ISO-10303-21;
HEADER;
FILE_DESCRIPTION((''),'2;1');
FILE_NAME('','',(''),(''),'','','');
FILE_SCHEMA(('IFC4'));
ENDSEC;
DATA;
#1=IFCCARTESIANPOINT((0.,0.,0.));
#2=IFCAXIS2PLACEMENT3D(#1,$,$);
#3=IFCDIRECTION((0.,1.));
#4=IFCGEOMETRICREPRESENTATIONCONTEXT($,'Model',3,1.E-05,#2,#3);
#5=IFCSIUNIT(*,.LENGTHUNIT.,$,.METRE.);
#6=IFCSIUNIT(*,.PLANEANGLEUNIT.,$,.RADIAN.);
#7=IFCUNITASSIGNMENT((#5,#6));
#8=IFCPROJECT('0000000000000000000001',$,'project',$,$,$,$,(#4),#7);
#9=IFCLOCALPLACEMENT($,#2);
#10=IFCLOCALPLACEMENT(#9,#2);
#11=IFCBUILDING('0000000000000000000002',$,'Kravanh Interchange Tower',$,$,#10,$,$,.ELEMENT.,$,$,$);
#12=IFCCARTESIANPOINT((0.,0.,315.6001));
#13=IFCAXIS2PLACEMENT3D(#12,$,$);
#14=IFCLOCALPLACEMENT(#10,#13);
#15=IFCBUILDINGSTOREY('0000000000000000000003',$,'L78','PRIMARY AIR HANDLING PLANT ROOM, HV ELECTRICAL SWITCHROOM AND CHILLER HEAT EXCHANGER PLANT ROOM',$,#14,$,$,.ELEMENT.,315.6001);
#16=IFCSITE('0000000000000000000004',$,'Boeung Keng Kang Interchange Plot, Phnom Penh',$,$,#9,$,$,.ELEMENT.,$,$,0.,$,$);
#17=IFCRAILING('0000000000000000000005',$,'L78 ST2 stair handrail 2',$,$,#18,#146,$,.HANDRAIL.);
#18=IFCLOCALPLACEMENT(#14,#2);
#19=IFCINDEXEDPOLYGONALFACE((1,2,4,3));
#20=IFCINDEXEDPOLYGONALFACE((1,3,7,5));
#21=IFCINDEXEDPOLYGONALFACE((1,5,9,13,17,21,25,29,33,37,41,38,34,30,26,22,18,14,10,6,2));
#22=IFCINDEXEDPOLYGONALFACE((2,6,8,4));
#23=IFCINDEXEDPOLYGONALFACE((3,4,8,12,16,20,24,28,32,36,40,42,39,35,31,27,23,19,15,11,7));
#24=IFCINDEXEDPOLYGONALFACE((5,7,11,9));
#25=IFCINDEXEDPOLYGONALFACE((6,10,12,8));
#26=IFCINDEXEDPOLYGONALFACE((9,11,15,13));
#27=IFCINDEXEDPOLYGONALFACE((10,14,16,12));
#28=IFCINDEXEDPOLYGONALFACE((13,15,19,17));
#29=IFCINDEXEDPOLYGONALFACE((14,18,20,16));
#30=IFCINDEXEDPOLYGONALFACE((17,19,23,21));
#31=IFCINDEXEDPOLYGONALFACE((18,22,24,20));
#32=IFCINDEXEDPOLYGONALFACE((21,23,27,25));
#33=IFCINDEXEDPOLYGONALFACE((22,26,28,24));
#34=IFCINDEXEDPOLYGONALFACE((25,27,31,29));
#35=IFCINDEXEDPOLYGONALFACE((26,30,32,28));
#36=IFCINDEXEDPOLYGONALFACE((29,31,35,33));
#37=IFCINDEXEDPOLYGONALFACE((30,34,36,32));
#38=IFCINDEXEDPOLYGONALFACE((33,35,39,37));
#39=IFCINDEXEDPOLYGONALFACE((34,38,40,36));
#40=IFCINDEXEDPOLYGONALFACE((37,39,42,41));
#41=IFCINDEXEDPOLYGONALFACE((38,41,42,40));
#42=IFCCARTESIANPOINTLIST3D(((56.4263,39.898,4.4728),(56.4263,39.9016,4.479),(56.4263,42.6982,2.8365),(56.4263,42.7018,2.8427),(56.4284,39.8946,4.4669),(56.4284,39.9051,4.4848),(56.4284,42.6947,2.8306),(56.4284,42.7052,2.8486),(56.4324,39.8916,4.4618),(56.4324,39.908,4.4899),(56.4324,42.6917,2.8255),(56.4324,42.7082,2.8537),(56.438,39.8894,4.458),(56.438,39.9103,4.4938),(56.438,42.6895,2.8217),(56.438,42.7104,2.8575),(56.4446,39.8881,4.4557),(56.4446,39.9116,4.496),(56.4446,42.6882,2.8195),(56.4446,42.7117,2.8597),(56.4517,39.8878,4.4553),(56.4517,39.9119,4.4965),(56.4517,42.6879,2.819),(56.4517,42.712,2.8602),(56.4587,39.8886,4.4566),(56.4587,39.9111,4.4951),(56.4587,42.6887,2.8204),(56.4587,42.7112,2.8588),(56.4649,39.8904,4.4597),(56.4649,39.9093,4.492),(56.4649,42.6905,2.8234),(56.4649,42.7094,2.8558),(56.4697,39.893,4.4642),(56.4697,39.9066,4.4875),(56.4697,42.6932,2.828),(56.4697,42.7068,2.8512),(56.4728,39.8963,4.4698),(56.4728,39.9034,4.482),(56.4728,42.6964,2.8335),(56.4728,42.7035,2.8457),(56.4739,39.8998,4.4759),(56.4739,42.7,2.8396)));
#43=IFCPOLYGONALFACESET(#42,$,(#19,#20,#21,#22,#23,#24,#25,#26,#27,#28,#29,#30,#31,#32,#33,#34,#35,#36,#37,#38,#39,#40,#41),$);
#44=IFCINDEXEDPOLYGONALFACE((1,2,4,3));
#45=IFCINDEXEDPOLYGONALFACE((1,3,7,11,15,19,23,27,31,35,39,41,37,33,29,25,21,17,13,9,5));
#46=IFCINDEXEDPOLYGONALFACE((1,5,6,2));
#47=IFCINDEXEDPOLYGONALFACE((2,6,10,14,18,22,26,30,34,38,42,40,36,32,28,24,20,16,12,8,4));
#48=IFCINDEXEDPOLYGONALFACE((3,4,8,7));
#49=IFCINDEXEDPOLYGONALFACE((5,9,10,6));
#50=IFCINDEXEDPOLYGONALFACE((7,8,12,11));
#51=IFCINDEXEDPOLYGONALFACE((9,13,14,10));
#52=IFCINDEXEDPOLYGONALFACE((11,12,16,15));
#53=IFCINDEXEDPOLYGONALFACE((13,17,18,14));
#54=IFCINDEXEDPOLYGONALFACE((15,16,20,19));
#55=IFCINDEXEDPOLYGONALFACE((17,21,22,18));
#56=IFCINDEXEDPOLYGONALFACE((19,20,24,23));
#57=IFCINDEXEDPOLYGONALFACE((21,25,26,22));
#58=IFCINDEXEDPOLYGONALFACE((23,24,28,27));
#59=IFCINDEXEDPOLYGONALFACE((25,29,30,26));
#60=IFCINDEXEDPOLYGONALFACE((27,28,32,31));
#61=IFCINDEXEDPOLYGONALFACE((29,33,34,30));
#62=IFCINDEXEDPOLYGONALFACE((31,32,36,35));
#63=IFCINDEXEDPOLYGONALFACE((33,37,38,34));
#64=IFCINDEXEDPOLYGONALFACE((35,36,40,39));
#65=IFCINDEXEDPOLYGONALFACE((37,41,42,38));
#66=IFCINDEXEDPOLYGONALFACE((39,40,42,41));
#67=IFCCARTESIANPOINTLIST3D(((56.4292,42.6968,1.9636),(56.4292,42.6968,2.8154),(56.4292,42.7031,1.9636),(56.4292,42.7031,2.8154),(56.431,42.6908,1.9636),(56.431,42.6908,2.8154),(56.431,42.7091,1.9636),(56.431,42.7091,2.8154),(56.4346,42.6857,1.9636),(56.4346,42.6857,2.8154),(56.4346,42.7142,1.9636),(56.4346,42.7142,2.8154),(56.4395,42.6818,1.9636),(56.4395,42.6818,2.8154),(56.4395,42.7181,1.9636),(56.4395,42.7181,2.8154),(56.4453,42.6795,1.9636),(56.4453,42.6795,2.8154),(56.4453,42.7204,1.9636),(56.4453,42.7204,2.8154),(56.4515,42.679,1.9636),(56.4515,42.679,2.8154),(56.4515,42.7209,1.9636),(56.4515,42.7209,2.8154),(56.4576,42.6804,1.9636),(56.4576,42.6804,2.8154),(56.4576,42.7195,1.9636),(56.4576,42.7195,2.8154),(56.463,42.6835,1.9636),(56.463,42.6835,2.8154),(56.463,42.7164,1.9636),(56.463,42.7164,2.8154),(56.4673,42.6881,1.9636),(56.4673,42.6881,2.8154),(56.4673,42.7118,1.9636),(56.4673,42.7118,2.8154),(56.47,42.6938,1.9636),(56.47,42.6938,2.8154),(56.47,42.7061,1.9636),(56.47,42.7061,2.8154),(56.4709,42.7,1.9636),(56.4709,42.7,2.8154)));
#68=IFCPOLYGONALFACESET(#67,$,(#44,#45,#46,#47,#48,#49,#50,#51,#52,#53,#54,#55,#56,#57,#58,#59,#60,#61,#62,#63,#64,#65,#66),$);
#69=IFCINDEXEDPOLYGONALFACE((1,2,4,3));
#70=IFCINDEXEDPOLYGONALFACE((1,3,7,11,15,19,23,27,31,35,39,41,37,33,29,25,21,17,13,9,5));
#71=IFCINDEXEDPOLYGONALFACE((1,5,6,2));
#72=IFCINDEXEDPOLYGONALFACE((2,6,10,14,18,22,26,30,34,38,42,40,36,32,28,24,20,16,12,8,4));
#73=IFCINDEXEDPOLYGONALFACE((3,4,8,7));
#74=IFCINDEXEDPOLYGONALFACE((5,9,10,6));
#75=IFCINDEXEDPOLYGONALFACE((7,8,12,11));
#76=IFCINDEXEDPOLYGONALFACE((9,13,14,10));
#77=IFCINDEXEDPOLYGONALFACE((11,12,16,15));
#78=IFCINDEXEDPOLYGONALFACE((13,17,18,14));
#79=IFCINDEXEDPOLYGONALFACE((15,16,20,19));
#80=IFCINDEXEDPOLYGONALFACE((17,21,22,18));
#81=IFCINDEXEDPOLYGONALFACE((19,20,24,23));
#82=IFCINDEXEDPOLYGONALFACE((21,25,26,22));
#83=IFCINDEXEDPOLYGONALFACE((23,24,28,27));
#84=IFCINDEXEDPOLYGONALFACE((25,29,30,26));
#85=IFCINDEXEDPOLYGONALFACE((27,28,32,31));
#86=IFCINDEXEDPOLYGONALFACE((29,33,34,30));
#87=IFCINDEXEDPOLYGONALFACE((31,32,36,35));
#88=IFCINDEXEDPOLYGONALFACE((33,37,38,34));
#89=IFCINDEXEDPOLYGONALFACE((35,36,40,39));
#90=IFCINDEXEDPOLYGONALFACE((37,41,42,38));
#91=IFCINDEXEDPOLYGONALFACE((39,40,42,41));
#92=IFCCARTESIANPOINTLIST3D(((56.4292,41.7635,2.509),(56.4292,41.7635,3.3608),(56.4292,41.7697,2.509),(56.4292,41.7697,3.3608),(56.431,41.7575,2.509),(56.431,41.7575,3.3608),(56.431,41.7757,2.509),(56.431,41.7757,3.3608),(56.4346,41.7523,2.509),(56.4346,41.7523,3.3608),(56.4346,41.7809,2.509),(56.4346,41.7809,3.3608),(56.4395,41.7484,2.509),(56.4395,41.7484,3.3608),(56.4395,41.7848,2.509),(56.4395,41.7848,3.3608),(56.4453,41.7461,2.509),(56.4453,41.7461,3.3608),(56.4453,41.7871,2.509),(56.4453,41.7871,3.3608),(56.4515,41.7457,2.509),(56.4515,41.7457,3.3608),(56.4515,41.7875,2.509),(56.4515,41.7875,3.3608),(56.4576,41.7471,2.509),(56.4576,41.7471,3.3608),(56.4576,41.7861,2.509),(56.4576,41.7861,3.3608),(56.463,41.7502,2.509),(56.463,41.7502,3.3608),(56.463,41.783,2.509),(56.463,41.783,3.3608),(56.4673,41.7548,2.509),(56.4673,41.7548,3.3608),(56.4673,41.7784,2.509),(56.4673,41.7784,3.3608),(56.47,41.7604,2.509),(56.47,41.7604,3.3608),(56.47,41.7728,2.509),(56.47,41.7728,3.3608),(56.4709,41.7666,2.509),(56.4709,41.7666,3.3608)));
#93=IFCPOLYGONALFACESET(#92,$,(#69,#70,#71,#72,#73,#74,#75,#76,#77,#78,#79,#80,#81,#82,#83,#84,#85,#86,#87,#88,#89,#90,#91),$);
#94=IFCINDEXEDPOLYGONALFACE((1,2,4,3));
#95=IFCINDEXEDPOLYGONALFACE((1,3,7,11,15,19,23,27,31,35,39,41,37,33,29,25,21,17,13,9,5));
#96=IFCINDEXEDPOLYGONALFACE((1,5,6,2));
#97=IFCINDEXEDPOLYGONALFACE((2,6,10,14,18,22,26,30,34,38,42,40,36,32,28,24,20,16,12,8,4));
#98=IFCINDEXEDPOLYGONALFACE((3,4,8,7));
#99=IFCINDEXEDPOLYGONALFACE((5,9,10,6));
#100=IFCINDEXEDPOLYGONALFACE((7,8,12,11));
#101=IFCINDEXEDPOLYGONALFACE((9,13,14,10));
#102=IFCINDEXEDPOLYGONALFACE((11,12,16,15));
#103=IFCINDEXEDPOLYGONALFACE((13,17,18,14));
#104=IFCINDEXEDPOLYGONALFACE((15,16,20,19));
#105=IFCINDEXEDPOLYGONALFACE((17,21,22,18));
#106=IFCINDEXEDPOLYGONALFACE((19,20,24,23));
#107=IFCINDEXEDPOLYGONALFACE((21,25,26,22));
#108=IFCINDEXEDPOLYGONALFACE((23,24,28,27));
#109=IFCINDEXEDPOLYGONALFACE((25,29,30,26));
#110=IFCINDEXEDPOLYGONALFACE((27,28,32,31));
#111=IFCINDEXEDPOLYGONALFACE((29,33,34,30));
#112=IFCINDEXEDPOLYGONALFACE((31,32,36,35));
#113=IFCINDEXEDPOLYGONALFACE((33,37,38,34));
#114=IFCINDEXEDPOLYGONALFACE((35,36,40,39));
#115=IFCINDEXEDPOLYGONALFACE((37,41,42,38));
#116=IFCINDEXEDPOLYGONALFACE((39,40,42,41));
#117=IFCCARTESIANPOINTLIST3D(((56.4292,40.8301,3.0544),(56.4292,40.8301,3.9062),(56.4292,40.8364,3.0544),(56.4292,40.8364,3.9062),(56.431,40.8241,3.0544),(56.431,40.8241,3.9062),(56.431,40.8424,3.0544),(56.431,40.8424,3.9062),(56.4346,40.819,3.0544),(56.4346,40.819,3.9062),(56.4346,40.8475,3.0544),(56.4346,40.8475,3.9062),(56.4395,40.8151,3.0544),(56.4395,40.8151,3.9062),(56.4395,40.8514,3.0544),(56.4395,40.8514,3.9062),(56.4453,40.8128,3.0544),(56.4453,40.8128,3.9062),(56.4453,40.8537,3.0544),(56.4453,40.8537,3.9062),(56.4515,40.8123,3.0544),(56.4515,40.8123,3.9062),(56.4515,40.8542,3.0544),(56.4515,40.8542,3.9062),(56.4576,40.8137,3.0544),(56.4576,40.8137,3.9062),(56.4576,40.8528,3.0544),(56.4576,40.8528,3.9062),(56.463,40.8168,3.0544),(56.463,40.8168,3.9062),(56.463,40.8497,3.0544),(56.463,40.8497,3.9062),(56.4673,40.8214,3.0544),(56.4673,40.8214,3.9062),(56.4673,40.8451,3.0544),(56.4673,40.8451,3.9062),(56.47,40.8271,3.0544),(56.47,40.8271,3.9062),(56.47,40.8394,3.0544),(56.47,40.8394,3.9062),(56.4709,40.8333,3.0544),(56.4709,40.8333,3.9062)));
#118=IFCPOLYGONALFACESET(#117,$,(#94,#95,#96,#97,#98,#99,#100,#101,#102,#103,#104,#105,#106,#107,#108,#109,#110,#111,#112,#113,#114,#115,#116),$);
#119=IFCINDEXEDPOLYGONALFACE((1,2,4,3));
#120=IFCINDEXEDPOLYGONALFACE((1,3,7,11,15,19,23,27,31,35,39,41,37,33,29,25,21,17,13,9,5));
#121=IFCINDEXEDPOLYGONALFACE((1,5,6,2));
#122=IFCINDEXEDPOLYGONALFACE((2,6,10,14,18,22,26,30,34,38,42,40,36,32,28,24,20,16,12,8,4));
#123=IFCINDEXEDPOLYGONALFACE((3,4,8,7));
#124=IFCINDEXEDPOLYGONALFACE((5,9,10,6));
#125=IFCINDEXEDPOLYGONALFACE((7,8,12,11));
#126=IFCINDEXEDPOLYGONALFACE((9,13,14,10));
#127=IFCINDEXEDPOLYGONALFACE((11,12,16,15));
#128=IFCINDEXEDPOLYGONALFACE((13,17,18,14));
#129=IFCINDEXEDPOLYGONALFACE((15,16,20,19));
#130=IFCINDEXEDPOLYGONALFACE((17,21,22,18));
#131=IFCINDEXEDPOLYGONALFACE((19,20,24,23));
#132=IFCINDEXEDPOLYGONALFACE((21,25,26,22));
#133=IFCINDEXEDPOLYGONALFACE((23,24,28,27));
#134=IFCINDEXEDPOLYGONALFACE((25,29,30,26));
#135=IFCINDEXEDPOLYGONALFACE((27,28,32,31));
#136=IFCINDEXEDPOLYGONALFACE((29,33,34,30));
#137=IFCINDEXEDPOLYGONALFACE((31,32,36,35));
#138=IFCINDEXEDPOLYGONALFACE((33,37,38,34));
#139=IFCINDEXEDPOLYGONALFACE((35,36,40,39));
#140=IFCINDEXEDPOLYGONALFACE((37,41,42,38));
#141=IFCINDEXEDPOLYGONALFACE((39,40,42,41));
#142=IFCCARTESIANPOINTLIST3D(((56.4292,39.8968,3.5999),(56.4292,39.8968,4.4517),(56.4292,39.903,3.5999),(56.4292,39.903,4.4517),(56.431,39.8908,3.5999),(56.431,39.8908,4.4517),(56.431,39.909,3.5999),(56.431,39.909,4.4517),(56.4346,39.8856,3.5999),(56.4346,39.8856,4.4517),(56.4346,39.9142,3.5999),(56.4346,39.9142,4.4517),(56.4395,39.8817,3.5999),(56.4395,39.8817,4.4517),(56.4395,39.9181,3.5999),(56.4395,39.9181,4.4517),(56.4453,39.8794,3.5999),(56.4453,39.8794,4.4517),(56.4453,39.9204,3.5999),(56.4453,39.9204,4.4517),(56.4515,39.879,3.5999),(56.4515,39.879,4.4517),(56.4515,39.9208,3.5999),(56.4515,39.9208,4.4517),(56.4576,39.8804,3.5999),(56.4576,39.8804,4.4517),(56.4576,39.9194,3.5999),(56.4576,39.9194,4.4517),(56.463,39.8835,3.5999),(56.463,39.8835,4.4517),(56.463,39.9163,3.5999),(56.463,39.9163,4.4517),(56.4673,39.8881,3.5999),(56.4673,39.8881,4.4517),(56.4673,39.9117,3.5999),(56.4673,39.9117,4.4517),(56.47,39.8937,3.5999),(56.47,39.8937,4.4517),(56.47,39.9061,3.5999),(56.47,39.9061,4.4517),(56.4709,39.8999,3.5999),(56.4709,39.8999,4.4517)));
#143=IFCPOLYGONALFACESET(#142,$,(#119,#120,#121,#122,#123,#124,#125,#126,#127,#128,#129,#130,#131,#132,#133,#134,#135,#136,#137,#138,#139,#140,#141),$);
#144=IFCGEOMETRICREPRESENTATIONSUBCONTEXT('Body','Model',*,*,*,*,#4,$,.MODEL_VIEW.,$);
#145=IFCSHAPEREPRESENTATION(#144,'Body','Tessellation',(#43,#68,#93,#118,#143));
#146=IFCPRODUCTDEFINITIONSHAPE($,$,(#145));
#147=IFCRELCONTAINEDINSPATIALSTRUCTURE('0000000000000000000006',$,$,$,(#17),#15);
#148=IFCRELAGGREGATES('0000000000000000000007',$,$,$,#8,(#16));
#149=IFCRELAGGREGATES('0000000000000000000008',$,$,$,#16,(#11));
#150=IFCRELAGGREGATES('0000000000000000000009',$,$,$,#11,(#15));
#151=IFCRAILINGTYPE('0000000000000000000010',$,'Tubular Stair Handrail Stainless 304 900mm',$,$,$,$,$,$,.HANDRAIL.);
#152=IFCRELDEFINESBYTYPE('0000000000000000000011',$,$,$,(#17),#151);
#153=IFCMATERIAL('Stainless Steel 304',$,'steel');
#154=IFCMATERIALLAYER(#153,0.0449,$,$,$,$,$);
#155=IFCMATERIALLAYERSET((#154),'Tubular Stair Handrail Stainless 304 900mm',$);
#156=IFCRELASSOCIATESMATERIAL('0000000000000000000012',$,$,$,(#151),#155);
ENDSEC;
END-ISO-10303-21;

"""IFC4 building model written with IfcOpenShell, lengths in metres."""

from ifc_helpers import new_model, si_unit, direction, frame, origin, origin_2d, place, context, subcontext, project, spatial, circle, extrude, material, layer, layer_set, type_object, element, save


model = new_model("IFC4")

# Units and contexts
model_context = context("Model", 3, precision=1e-05, world=origin(), true_north=direction((0.0, 1.0)))
body_context = subcontext(model_context, "Body", "Model", "MODEL_VIEW")
ifc_project = project(units=[si_unit("LENGTHUNIT", "METRE"), si_unit("PLANEANGLEUNIT", "RADIAN")], contexts=[model_context])

# Site, building, storey
site_placement = place(None, origin())
site = spatial("IfcSite", under=ifc_project, at=site_placement, Name="Boeung Keng Kang Interchange Plot, Phnom Penh", CompositionType="ELEMENT", RefElevation=0.0)
building_placement = place(site_placement, origin())
building = spatial("IfcBuilding", under=site, at=building_placement, Name="Kravanh Interchange Tower", CompositionType="ELEMENT")
storey_placement = place(building_placement, frame((0.0, 0.0, 315.6001)))
storey = spatial("IfcBuildingStorey", under=building, at=storey_placement, Name="L78", Description="PRIMARY AIR HANDLING PLANT ROOM, HV ELECTRICAL SWITCHROOM AND CHILLER HEAT EXCHANGER PLANT ROOM", CompositionType="ELEMENT", Elevation=315.6001)

# Railing
ifc_material_1 = material(Name="Stainless Steel 304", Category="steel")
ifc_layer_1 = layer(ifc_material_1, 0.0449)
ifc_layer_set_1 = layer_set([ifc_layer_1], Name="Tubular Stair Handrail Stainless 304 900mm")
railing_type_1 = type_object("IfcRailingType", Name="Tubular Stair Handrail Stainless 304 900mm", PredefinedType="HANDRAIL", material=ifc_layer_set_1)
railing_1_placement = place(storey_placement, frame((56.45, 42.7, 1.9636)))
element("IfcRailing", 1, at=railing_1_placement, inside=storey, type_object=railing_type_1, Name="L78 ST2 stair handrail 2", PredefinedType="HANDRAIL", context=body_context, shape_type="SweptSolid", body=[
    extrude(circle(Radius=0.0239, at=origin_2d()), frame((0.0, 0.0, 0.876), z_axis=(0.0, -0.863394, 0.504531), x_axis=(1.0, 0.0, 0.0)), (0.0, 0.0, 1.0), 3.2432),
    extrude(circle(Radius=0.021, at=origin_2d()), origin(), (0.0, 0.0, 1.0), 0.8518),
    extrude(circle(Radius=0.021, at=origin_2d()), frame((0.0, -0.9333, 0.5454)), (0.0, 0.0, 1.0), 0.8518),
    extrude(circle(Radius=0.021, at=origin_2d()), frame((0.0, -1.8667, 1.0908)), (0.0, 0.0, 1.0), 0.8518),
    extrude(circle(Radius=0.021, at=origin_2d()), frame((0.0, -2.8, 1.6362)), (0.0, 0.0, 1.0), 0.8518),
])

save(model, "model.ifc")
